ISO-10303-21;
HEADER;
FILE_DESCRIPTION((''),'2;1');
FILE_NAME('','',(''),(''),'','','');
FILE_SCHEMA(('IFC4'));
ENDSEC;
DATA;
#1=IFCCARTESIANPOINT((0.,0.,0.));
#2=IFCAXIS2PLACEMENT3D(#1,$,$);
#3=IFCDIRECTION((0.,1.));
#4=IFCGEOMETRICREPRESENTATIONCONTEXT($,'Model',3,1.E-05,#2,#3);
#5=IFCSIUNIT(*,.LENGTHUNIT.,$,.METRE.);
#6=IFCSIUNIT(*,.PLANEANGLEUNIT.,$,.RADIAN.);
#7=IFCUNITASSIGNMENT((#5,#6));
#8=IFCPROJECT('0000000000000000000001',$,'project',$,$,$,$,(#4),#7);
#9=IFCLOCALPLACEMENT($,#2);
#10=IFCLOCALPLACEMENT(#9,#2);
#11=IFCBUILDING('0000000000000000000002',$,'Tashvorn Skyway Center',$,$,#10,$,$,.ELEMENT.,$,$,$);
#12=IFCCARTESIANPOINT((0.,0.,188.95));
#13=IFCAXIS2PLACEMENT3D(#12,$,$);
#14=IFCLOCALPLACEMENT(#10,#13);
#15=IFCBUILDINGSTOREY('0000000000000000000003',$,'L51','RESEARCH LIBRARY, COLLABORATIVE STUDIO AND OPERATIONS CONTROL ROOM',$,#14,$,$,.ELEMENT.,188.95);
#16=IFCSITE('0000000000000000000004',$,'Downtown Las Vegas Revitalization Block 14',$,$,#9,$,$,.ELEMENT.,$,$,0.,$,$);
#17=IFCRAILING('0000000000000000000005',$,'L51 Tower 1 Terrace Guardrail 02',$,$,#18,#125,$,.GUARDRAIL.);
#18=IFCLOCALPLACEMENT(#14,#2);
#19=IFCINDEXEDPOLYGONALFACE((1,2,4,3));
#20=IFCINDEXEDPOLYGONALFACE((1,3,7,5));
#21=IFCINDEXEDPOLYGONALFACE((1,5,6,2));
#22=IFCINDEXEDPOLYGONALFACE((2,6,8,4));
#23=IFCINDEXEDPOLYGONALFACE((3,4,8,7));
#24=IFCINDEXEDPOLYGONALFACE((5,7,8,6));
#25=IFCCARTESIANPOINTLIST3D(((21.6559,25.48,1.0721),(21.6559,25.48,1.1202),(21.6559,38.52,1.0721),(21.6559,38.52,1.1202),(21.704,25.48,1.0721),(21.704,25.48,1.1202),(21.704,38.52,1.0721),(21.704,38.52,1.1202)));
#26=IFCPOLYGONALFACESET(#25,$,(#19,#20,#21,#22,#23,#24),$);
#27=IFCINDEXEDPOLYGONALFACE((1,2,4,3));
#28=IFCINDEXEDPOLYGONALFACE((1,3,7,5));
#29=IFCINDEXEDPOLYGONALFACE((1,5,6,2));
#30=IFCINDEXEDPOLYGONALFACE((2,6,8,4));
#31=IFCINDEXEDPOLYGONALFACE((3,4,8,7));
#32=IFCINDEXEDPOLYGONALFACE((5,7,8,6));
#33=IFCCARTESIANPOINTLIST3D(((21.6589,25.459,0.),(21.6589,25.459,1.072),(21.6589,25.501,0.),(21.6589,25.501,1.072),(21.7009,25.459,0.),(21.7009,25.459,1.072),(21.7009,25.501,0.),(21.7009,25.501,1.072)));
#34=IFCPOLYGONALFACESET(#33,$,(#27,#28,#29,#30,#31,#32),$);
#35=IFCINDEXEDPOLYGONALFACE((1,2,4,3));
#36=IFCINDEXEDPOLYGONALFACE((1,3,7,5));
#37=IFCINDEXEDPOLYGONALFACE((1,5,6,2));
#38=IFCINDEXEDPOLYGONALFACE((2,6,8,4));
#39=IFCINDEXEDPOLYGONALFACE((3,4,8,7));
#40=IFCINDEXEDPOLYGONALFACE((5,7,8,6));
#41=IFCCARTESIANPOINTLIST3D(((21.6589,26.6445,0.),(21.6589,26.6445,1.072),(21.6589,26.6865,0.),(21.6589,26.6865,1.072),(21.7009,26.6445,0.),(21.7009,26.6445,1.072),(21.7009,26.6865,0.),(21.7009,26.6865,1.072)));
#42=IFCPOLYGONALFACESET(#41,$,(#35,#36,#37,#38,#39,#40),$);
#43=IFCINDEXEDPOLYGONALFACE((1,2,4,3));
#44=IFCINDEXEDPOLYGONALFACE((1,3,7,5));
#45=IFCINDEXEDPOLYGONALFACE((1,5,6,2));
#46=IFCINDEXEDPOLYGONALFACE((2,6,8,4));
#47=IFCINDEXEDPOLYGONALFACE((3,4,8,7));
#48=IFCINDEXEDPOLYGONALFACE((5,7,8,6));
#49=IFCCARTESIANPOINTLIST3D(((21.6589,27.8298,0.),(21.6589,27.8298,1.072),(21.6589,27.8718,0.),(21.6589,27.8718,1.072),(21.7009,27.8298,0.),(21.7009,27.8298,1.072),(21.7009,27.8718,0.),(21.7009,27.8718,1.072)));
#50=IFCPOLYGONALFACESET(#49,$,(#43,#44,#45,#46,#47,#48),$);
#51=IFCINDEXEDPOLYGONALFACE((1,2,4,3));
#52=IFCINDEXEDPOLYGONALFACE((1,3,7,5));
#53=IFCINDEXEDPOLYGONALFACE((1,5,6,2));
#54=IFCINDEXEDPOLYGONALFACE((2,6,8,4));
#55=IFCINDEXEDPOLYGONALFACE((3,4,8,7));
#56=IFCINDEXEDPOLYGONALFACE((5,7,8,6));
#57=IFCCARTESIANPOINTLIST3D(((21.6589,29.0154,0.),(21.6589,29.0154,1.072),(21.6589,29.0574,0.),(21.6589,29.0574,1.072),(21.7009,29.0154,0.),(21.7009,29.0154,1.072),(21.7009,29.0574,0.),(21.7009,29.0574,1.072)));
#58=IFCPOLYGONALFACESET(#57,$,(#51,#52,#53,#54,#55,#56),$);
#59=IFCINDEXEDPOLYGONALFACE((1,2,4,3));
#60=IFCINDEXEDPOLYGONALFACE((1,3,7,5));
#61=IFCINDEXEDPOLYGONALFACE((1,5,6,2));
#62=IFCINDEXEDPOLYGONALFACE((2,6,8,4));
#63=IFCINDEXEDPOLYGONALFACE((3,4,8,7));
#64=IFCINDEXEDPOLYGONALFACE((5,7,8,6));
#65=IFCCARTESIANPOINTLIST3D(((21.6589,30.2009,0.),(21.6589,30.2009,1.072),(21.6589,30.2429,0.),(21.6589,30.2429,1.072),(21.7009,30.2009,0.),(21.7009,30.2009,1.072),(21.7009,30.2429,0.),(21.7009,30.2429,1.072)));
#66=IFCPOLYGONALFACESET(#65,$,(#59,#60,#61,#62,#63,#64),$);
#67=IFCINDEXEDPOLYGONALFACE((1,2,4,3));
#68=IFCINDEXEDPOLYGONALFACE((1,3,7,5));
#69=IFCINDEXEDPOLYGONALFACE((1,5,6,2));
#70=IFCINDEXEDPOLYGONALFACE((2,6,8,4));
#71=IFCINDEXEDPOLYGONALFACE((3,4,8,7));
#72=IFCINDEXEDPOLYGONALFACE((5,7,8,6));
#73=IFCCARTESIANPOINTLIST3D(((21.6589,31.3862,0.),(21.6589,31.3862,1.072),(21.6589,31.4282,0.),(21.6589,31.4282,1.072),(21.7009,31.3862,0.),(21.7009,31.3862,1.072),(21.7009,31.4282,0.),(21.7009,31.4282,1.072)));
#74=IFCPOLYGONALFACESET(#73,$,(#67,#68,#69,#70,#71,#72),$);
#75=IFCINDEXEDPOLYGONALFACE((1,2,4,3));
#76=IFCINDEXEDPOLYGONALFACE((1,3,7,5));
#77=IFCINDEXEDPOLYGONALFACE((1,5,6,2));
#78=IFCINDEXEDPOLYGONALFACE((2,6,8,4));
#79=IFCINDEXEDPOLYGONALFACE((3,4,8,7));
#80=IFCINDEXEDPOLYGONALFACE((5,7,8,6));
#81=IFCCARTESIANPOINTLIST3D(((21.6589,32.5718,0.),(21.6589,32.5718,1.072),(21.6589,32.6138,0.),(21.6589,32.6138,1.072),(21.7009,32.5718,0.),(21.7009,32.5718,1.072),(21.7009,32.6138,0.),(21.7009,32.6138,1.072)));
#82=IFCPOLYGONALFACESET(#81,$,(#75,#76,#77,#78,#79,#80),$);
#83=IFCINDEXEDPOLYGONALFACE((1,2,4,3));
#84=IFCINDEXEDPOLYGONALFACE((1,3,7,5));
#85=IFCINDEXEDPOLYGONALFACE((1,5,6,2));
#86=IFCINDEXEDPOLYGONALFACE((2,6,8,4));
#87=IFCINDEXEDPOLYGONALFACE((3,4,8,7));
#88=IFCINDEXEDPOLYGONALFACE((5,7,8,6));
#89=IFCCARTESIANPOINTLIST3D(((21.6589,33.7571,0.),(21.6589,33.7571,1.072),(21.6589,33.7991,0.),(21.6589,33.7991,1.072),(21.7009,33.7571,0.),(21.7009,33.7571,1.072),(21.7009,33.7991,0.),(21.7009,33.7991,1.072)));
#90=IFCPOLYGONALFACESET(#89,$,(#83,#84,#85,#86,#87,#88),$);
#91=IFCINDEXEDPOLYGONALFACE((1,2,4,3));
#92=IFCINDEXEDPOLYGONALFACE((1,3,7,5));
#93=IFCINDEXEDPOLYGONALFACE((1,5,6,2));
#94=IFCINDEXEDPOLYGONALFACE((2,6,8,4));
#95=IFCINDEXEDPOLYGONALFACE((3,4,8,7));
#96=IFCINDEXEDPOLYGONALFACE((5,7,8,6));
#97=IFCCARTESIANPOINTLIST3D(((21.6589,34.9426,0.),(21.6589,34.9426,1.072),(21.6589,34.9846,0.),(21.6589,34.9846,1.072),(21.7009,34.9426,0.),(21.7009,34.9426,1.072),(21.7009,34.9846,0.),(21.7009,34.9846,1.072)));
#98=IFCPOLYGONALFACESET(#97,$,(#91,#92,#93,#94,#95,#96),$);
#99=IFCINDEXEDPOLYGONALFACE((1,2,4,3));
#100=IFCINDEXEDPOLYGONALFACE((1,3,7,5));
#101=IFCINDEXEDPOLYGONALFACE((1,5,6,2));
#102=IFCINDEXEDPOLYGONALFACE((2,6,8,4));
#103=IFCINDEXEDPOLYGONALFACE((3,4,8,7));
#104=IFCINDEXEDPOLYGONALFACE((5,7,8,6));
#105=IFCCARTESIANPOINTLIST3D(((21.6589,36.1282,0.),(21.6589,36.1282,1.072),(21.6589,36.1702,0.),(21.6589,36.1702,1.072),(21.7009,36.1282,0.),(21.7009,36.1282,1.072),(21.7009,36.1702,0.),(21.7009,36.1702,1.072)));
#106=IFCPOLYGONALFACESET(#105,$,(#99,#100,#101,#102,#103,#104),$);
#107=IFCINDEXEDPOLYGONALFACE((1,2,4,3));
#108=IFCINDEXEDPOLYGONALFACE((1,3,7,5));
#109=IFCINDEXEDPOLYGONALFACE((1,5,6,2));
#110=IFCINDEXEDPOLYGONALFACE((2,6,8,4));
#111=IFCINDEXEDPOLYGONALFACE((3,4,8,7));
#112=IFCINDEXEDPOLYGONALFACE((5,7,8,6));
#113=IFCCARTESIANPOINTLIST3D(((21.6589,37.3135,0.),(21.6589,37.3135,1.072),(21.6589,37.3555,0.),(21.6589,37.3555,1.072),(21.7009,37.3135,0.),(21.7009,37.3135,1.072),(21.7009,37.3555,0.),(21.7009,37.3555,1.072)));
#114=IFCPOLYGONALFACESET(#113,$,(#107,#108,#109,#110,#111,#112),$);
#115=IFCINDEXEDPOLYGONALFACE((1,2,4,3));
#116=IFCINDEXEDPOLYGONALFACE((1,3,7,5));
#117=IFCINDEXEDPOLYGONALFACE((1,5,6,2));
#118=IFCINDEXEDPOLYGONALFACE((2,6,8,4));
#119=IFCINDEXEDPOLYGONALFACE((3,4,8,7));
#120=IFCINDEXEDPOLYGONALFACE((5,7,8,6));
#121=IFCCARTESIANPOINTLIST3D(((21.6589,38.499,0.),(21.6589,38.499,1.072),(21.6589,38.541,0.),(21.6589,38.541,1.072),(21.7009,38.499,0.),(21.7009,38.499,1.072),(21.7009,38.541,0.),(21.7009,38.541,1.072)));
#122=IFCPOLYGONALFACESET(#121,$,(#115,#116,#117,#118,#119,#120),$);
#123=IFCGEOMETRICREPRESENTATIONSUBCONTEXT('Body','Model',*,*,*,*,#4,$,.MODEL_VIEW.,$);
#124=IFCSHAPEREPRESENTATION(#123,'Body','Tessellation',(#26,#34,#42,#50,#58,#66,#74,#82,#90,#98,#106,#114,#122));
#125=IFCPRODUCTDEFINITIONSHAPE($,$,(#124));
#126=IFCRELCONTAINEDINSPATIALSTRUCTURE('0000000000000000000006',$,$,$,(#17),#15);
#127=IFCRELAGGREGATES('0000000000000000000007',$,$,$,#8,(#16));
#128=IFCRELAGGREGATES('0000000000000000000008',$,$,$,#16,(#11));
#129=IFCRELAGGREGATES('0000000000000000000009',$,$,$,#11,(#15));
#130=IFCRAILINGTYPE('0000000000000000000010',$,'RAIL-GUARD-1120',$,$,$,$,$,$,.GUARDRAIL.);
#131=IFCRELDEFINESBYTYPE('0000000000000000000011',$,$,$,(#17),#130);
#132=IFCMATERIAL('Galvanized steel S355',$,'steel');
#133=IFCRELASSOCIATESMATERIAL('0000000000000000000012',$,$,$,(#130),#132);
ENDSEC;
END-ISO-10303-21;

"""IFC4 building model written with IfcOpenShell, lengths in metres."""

from ifc_helpers import new_model, si_unit, direction, frame, origin, origin_2d, place, context, subcontext, project, spatial, rectangle, extrude, material, type_object, element, save


model = new_model("IFC4")

# Units and contexts
model_context = context("Model", 3, precision=1e-05, world=origin(), true_north=direction((0.0, 1.0)))
body_context = subcontext(model_context, "Body", "Model", "MODEL_VIEW")
ifc_project = project(units=[si_unit("LENGTHUNIT", "METRE"), si_unit("PLANEANGLEUNIT", "RADIAN")], contexts=[model_context])

# Site, building, storey
site_placement = place(None, origin())
site = spatial("IfcSite", under=ifc_project, at=site_placement, Name="Downtown Las Vegas Revitalization Block 14", CompositionType="ELEMENT", RefElevation=0.0)
building_placement = place(site_placement, origin())
building = spatial("IfcBuilding", under=site, at=building_placement, Name="Tashvorn Skyway Center", CompositionType="ELEMENT")
storey_placement = place(building_placement, frame((0.0, 0.0, 188.95)))
storey = spatial("IfcBuildingStorey", under=building, at=storey_placement, Name="L51", Description="RESEARCH LIBRARY, COLLABORATIVE STUDIO AND OPERATIONS CONTROL ROOM", CompositionType="ELEMENT", Elevation=188.95)

# Railing
ifc_material_1 = material(Name="Galvanized steel S355", Category="steel")
railing_type = type_object("IfcRailingType", Name="RAIL-GUARD-1120", PredefinedType="GUARDRAIL", material=ifc_material_1)
railing_1_placement = place(storey_placement, frame((21.6799, 25.48, 0.0)))
element("IfcRailing", 1, at=railing_1_placement, inside=storey, type_object=railing_type, Name="L51 Tower 1 Terrace Guardrail 02", PredefinedType="GUARDRAIL", context=body_context, shape_type="SweptSolid", body=[
    extrude(rectangle(XDim=0.0481, YDim=0.0481, at=origin_2d()), frame((0.0, 0.0, 1.0962), z_axis=(0.0, 1.0, 0.0), x_axis=(-1.0, 0.0, 0.0)), (0.0, 0.0, 1.0), 13.04),
    extrude(rectangle(XDim=0.042, YDim=0.042, at=origin_2d()), origin(), (0.0, 0.0, 1.0), 1.072),
    extrude(rectangle(XDim=0.042, YDim=0.042, at=origin_2d()), frame((0.0, 1.1855, 0.0)), (0.0, 0.0, 1.0), 1.072),
    extrude(rectangle(XDim=0.042, YDim=0.042, at=origin_2d()), frame((0.0, 2.3708, 0.0)), (0.0, 0.0, 1.0), 1.072),
    extrude(rectangle(XDim=0.042, YDim=0.042, at=origin_2d()), frame((0.0, 3.5564, 0.0)), (0.0, 0.0, 1.0), 1.072),
    extrude(rectangle(XDim=0.042, YDim=0.042, at=origin_2d()), frame((0.0, 4.7419, 0.0)), (0.0, 0.0, 1.0), 1.072),
    extrude(rectangle(XDim=0.042, YDim=0.042, at=origin_2d()), frame((0.0, 5.9272, 0.0)), (0.0, 0.0, 1.0), 1.072),
    extrude(rectangle(XDim=0.042, YDim=0.042, at=origin_2d()), frame((0.0, 7.1128, 0.0)), (0.0, 0.0, 1.0), 1.072),
    extrude(rectangle(XDim=0.042, YDim=0.042, at=origin_2d()), frame((0.0, 8.2981, 0.0)), (0.0, 0.0, 1.0), 1.072),
    extrude(rectangle(XDim=0.042, YDim=0.042, at=origin_2d()), frame((0.0, 9.4836, 0.0)), (0.0, 0.0, 1.0), 1.072),
    extrude(rectangle(XDim=0.042, YDim=0.042, at=origin_2d()), frame((0.0, 10.6692, 0.0)), (0.0, 0.0, 1.0), 1.072),
    extrude(rectangle(XDim=0.042, YDim=0.042, at=origin_2d()), frame((0.0, 11.8545, 0.0)), (0.0, 0.0, 1.0), 1.072),
    extrude(rectangle(XDim=0.042, YDim=0.042, at=origin_2d()), frame((0.0, 13.04, 0.0)), (0.0, 0.0, 1.0), 1.072),
])

save(model, "model.ifc")
